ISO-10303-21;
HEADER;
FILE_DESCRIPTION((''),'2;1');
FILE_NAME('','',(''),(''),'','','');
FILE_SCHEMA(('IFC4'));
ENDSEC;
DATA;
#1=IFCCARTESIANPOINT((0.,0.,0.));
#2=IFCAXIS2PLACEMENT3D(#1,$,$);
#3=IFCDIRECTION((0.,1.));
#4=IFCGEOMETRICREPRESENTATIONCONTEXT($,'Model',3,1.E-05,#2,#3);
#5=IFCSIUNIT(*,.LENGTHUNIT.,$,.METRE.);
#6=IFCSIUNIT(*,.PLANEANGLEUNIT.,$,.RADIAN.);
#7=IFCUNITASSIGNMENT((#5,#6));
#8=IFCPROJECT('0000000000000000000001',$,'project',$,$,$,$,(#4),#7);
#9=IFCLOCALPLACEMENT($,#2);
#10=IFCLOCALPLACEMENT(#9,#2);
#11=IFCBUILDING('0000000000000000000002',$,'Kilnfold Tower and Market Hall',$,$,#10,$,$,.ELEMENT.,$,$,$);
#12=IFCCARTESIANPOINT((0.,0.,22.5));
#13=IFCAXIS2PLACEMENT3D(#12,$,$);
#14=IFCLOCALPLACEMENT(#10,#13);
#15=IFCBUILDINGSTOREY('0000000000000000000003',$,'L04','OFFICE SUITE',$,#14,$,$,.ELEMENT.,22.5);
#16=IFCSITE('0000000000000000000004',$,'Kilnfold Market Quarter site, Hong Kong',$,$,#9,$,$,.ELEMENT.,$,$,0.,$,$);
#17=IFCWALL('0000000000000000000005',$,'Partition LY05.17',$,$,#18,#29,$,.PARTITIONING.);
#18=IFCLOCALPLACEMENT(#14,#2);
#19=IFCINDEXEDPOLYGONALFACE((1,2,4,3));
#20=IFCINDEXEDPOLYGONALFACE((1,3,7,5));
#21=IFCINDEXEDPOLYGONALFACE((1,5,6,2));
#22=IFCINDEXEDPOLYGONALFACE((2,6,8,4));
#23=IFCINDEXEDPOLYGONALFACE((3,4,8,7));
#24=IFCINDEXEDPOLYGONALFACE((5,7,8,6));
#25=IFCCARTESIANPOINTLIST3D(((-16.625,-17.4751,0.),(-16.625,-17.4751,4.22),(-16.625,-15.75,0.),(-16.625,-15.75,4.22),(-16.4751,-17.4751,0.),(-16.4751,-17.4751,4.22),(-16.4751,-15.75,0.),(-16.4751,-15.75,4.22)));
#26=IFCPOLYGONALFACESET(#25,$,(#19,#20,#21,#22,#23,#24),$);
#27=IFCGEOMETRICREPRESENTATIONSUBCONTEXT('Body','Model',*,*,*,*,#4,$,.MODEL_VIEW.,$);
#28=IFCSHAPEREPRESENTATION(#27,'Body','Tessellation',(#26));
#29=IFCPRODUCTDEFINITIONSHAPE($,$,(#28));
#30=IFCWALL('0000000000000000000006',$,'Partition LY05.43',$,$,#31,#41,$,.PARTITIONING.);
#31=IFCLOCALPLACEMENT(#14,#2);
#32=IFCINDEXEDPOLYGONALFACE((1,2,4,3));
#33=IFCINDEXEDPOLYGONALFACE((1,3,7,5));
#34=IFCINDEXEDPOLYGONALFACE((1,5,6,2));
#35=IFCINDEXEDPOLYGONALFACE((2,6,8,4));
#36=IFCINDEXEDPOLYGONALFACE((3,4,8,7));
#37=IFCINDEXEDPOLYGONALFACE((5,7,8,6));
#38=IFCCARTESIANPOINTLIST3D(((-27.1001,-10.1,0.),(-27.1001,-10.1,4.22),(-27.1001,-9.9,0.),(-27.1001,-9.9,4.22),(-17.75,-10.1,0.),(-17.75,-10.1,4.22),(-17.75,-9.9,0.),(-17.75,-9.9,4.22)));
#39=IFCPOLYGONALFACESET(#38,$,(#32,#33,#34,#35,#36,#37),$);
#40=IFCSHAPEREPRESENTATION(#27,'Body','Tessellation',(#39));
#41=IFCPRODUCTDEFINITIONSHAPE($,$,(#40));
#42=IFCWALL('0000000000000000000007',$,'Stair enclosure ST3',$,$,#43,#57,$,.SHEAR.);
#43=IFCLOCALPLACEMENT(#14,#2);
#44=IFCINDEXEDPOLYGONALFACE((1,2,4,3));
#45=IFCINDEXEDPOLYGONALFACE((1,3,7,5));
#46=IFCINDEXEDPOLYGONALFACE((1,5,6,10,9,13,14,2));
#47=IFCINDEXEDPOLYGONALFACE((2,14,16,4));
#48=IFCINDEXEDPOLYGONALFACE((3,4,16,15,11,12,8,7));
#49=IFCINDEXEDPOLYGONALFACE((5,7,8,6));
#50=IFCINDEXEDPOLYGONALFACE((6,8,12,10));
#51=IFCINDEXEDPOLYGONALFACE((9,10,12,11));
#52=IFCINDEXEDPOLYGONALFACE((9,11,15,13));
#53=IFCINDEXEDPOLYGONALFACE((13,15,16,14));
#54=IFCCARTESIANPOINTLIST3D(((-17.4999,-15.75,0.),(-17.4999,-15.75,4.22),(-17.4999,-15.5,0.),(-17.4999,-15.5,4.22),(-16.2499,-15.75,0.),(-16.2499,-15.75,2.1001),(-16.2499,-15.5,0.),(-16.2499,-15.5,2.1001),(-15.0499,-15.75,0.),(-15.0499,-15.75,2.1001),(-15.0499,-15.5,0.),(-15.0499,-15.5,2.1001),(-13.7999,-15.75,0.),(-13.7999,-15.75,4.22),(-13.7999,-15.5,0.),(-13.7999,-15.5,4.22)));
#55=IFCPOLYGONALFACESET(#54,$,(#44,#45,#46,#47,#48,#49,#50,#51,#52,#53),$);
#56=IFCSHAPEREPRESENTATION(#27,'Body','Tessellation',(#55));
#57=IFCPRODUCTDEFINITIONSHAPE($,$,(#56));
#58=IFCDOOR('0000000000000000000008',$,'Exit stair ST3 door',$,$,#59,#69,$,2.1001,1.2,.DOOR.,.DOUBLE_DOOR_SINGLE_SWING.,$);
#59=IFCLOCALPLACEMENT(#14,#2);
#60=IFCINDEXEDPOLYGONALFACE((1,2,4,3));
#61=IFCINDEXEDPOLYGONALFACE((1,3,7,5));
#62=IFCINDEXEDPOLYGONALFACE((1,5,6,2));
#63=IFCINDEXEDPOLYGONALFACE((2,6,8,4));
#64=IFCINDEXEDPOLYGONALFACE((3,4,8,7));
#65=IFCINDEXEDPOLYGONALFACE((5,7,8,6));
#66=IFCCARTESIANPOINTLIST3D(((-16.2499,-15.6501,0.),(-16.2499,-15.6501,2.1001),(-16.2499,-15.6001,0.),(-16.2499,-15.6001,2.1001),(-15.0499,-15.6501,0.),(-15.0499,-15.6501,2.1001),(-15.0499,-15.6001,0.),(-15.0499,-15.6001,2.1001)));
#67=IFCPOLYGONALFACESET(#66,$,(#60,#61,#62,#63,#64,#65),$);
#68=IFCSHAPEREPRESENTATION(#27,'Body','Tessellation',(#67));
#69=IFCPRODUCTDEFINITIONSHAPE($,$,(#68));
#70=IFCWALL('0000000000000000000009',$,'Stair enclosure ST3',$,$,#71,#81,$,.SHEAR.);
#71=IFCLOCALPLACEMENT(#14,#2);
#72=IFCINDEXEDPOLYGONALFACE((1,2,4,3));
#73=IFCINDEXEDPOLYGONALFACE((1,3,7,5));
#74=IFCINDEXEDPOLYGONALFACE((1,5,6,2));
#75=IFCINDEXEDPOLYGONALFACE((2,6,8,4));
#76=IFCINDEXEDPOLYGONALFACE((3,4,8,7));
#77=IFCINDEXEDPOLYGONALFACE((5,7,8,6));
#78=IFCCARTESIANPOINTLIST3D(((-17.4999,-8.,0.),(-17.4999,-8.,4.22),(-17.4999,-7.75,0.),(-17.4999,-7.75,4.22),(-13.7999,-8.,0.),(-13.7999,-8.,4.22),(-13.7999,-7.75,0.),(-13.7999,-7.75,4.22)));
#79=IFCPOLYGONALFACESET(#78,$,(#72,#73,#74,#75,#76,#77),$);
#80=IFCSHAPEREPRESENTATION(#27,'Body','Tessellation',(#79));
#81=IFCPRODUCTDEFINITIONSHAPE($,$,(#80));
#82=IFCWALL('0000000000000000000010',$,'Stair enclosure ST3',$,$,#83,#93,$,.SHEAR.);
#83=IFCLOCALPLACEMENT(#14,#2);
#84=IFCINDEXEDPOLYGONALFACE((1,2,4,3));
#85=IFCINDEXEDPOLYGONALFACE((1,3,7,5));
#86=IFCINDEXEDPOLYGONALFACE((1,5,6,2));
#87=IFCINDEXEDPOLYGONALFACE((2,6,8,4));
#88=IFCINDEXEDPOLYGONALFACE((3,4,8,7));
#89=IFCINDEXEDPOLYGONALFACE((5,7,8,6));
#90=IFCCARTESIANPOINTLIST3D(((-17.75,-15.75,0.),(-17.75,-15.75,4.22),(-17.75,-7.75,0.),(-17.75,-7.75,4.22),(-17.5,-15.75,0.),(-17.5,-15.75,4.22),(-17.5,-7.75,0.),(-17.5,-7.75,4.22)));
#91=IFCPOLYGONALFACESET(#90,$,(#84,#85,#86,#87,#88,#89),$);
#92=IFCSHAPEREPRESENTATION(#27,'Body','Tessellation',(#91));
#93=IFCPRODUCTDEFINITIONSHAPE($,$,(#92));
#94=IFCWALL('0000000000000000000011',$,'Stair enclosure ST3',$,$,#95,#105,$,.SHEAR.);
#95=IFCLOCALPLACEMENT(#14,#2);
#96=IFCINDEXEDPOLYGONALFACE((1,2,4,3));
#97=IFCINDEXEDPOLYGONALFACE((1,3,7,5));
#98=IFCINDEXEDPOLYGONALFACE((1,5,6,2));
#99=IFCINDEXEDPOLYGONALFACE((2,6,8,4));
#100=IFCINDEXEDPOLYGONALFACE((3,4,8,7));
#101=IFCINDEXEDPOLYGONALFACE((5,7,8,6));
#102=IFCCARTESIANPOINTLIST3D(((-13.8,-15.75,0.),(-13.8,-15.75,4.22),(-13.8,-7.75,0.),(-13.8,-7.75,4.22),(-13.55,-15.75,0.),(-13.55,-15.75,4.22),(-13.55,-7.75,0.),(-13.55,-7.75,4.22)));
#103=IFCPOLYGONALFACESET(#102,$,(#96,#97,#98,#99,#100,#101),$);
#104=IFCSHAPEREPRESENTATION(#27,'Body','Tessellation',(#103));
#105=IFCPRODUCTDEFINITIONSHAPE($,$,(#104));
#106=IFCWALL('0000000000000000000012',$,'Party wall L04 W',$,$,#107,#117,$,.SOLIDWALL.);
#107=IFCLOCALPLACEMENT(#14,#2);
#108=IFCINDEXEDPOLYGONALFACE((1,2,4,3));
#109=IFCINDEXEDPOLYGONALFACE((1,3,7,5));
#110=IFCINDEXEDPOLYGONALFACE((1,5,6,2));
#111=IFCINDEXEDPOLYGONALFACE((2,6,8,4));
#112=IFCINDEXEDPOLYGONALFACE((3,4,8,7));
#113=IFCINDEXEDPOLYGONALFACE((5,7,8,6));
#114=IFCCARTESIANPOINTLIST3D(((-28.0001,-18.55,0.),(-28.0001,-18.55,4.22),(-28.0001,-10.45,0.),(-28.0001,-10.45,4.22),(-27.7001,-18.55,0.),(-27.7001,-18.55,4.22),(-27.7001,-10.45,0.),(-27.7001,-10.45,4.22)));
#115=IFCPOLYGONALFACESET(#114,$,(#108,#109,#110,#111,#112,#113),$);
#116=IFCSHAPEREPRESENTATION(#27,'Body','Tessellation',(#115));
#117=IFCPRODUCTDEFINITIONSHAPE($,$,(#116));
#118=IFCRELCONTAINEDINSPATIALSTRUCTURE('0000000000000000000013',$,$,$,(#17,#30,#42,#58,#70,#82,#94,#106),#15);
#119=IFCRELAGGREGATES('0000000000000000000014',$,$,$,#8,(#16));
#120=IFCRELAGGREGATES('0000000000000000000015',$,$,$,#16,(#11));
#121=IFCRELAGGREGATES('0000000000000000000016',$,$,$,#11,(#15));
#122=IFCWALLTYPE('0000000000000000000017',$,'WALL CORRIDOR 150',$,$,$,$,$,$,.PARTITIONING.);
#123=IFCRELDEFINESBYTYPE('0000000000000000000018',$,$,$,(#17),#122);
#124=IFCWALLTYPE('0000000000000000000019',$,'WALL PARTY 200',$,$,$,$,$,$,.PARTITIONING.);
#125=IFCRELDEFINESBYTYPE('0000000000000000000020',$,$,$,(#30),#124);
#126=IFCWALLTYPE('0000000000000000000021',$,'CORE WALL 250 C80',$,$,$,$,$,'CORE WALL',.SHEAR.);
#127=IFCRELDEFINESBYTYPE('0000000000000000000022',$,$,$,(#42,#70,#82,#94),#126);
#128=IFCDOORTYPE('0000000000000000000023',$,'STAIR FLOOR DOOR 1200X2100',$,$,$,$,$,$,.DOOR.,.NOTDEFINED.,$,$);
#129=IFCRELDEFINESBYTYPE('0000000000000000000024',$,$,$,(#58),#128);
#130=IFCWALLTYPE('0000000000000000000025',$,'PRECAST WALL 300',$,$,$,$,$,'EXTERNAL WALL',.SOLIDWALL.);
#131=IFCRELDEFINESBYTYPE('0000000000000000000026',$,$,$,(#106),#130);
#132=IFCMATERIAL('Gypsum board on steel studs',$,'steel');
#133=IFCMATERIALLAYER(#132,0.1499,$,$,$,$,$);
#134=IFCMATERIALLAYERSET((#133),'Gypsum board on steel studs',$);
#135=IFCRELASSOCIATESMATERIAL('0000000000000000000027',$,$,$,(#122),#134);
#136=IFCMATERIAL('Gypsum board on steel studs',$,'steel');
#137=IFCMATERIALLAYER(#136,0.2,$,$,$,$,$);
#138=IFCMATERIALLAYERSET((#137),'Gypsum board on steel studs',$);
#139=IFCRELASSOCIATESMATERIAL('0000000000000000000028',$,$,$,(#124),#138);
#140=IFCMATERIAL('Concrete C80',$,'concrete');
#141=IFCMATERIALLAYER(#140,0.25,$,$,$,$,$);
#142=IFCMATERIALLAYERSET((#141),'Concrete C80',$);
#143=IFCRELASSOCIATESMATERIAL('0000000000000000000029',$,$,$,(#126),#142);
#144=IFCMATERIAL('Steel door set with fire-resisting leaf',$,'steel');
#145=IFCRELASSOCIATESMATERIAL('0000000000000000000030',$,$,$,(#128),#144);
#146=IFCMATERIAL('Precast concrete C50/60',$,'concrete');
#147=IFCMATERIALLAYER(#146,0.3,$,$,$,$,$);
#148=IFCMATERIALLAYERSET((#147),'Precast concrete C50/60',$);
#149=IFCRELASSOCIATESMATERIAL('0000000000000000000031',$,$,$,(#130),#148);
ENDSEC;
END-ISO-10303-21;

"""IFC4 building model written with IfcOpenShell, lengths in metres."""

from ifc_helpers import new_model, si_unit, direction, frame, frame_2d, origin, place, context, subcontext, project, spatial, rectangle, extrude, source, transform, mapped, material, layer, layer_set, type_object, element, fill, save


model = new_model("IFC4")

# Units and contexts
model_context = context("Model", 3, precision=1e-05, world=origin(), true_north=direction((0.0, 1.0)))
body_context = subcontext(model_context, "Body", "Model", "MODEL_VIEW")
ifc_project = project(units=[si_unit("LENGTHUNIT", "METRE"), si_unit("PLANEANGLEUNIT", "RADIAN")], contexts=[model_context])

# Site, building, storey
site_placement = place(None, origin())
site = spatial("IfcSite", under=ifc_project, at=site_placement, Name="Kilnfold Market Quarter site, Hong Kong", CompositionType="ELEMENT", RefElevation=0.0)
building_placement = place(site_placement, origin())
building = spatial("IfcBuilding", under=site, at=building_placement, Name="Kilnfold Tower and Market Hall", CompositionType="ELEMENT")
storey_placement = place(building_placement, frame((0.0, 0.0, 22.5)))
storey = spatial("IfcBuildingStorey", under=building, at=storey_placement, Name="L04", Description="OFFICE SUITE", CompositionType="ELEMENT", Elevation=22.5)

# Shared definitions
ifc_material_1 = material(Name="Gypsum board on steel studs", Category="steel")
ifc_layer_1 = layer(ifc_material_1, 0.1499)
ifc_layer_set_1 = layer_set([ifc_layer_1], Name="Gypsum board on steel studs")
wall_type_1 = type_object("IfcWallType", Name="WALL CORRIDOR 150", PredefinedType="PARTITIONING", material=ifc_layer_set_1)

# Walls
wall_1_placement = place(storey_placement, frame((-16.55, -15.75, 0.0), z_axis=(0.0, 0.0, 1.0), x_axis=(0.0, -1.0, 0.0)))
element("IfcWall", 1, at=wall_1_placement, inside=storey, type_object=wall_type_1, Name="Partition LY05.17", PredefinedType="PARTITIONING", context=body_context, shape_type="SweptSolid", body=[
    extrude(rectangle(XDim=1.7251, YDim=0.1499, at=frame_2d((0.8625, 0.0))), origin(), (0.0, 0.0, 1.0), 4.22),
])
ifc_material_2 = material(Name="Gypsum board on steel studs", Category="steel")
ifc_layer_2 = layer(ifc_material_2, 0.2)
ifc_layer_set_2 = layer_set([ifc_layer_2], Name="Gypsum board on steel studs")
wall_type_2 = type_object("IfcWallType", Name="WALL PARTY 200", PredefinedType="PARTITIONING", material=ifc_layer_set_2)
wall_2_placement = place(storey_placement, frame((-27.1001, -10.0, 0.0), z_axis=(0.0, 0.0, 1.0), x_axis=(1.0, 0.0, 0.0)))
element("IfcWall", 2, at=wall_2_placement, inside=storey, type_object=wall_type_2, Name="Partition LY05.43", PredefinedType="PARTITIONING", context=body_context, shape_type="SweptSolid", body=[
    extrude(rectangle(XDim=9.3501, YDim=0.2, at=frame_2d((4.675, 0.0))), origin(), (0.0, 0.0, 1.0), 4.22),
])

# Wall, opening, door
ifc_material_3 = material(Name="Concrete C80", Category="concrete")
ifc_layer_3 = layer(ifc_material_3, 0.25)
ifc_layer_set_3 = layer_set([ifc_layer_3], Name="Concrete C80")
wall_type_3 = type_object("IfcWallType", Name="CORE WALL 250 C80", ElementType="CORE WALL", PredefinedType="SHEAR", material=ifc_layer_set_3)
shared_shape_1 = source(origin(), body_context, "Body", "SweptSolid", [
    extrude(rectangle(XDim=3.7, YDim=0.25, at=frame_2d((1.8501, 0.0))), origin(), (0.0, 0.0, 1.0), 4.22),
])
wall_3_placement = place(storey_placement, frame((-17.5, -15.625, 0.0), z_axis=(0.0, 0.0, 1.0), x_axis=(1.0, 0.0, 0.0)))
wall_3 = element("IfcWall", 3, at=wall_3_placement, inside=storey, type_object=wall_type_3, Name="Stair enclosure ST3", PredefinedType="SHEAR", context=body_context, shape_type="MappedRepresentation", body=[
    mapped(shared_shape_1, transform((0.0, 0.0, 0.0))),
])
opening_1_placement = place(wall_3_placement, frame((1.25, 0.0, 0.0)))
opening_1 = element("IfcOpeningElement", 4, at=opening_1_placement, cuts=wall_3, PredefinedType="OPENING", context=body_context, shape_type="SweptSolid", body=[
    extrude(rectangle(XDim=1.2, YDim=2.1001, at=frame_2d((0.6001, 1.05))), frame((0.0, 0.135, 0.0), z_axis=(0.0, -1.0, 0.0), x_axis=(1.0, 0.0, 0.0)), (0.0, 0.0, 1.0), 0.27),
])
ifc_material_4 = material(Name="Steel door set with fire-resisting leaf", Category="steel")
door_type_1 = type_object("IfcDoorType", Name="STAIR FLOOR DOOR 1200X2100", OperationType="NOTDEFINED", PredefinedType="DOOR", material=ifc_material_4)
door_1_placement = place(opening_1_placement, origin())
door_1 = element("IfcDoor", 5, at=door_1_placement, inside=storey, type_object=door_type_1, Name="Exit stair ST3 door", OperationType="DOUBLE_DOOR_SINGLE_SWING", OverallHeight=2.1001, OverallWidth=1.2, PredefinedType="DOOR", context=body_context, shape_type="SweptSolid", body=[
    extrude(rectangle(XDim=1.2, YDim=2.1001, at=frame_2d((0.6001, 1.05))), frame((0.0, 0.0249, 0.0), z_axis=(0.0, -1.0, 0.0), x_axis=(1.0, 0.0, 0.0)), (0.0, 0.0, 1.0), 0.05),
])
fill(opening_1, door_1)

# Walls
wall_4_placement = place(storey_placement, frame((-17.5, -7.875, 0.0), z_axis=(0.0, 0.0, 1.0), x_axis=(1.0, 0.0, 0.0)))
element("IfcWall", 6, at=wall_4_placement, inside=storey, type_object=wall_type_3, Name="Stair enclosure ST3", PredefinedType="SHEAR", context=body_context, shape_type="MappedRepresentation", body=[
    mapped(shared_shape_1, transform((0.0, 0.0, 0.0))),
])
shared_shape_2 = source(origin(), body_context, "Body", "SweptSolid", [
    extrude(rectangle(XDim=8.0, YDim=0.25, at=frame_2d((4.0, 0.0))), origin(), (0.0, 0.0, 1.0), 4.22),
])
for number, where, z_axis, x_axis, name in (
    (7, (-17.625, -15.75, 0.0), (0.0, 0.0, 1.0), (0.0, 1.0, 0.0), "Stair enclosure ST3"),
    (8, (-13.675, -15.75, 0.0), (0.0, 0.0, 1.0), (0.0, 1.0, 0.0), "Stair enclosure ST3"),
):
    element("IfcWall", number, at=place(storey_placement, frame(where, z_axis=z_axis, x_axis=x_axis)), inside=storey, type_object=wall_type_3, Name=name, PredefinedType="SHEAR", context=body_context, shape_type="MappedRepresentation", body=[
        mapped(shared_shape_2, transform((0.0, 0.0, 0.0))),
    ])
ifc_material_5 = material(Name="Precast concrete C50/60", Category="concrete")
ifc_layer_4 = layer(ifc_material_5, 0.3)
ifc_layer_set_4 = layer_set([ifc_layer_4], Name="Precast concrete C50/60")
wall_type_4 = type_object("IfcWallType", Name="PRECAST WALL 300", ElementType="EXTERNAL WALL", PredefinedType="SOLIDWALL", material=ifc_layer_set_4)
shared_shape_3 = source(origin(), body_context, "Body", "SweptSolid", [
    extrude(rectangle(XDim=8.1001, YDim=0.3, at=frame_2d((4.05, 0.0))), origin(), (0.0, 0.0, 1.0), 4.22),
])
wall_5_placement = place(storey_placement, frame((-27.8501, -10.45, 0.0), z_axis=(0.0, 0.0, 1.0), x_axis=(0.0, -1.0, 0.0)))
element("IfcWall", 9, at=wall_5_placement, inside=storey, type_object=wall_type_4, Name="Party wall L04 W", PredefinedType="SOLIDWALL", context=body_context, shape_type="MappedRepresentation", body=[
    mapped(shared_shape_3, transform((0.0, 0.0, 0.0))),
])

save(model, "model.ifc")
